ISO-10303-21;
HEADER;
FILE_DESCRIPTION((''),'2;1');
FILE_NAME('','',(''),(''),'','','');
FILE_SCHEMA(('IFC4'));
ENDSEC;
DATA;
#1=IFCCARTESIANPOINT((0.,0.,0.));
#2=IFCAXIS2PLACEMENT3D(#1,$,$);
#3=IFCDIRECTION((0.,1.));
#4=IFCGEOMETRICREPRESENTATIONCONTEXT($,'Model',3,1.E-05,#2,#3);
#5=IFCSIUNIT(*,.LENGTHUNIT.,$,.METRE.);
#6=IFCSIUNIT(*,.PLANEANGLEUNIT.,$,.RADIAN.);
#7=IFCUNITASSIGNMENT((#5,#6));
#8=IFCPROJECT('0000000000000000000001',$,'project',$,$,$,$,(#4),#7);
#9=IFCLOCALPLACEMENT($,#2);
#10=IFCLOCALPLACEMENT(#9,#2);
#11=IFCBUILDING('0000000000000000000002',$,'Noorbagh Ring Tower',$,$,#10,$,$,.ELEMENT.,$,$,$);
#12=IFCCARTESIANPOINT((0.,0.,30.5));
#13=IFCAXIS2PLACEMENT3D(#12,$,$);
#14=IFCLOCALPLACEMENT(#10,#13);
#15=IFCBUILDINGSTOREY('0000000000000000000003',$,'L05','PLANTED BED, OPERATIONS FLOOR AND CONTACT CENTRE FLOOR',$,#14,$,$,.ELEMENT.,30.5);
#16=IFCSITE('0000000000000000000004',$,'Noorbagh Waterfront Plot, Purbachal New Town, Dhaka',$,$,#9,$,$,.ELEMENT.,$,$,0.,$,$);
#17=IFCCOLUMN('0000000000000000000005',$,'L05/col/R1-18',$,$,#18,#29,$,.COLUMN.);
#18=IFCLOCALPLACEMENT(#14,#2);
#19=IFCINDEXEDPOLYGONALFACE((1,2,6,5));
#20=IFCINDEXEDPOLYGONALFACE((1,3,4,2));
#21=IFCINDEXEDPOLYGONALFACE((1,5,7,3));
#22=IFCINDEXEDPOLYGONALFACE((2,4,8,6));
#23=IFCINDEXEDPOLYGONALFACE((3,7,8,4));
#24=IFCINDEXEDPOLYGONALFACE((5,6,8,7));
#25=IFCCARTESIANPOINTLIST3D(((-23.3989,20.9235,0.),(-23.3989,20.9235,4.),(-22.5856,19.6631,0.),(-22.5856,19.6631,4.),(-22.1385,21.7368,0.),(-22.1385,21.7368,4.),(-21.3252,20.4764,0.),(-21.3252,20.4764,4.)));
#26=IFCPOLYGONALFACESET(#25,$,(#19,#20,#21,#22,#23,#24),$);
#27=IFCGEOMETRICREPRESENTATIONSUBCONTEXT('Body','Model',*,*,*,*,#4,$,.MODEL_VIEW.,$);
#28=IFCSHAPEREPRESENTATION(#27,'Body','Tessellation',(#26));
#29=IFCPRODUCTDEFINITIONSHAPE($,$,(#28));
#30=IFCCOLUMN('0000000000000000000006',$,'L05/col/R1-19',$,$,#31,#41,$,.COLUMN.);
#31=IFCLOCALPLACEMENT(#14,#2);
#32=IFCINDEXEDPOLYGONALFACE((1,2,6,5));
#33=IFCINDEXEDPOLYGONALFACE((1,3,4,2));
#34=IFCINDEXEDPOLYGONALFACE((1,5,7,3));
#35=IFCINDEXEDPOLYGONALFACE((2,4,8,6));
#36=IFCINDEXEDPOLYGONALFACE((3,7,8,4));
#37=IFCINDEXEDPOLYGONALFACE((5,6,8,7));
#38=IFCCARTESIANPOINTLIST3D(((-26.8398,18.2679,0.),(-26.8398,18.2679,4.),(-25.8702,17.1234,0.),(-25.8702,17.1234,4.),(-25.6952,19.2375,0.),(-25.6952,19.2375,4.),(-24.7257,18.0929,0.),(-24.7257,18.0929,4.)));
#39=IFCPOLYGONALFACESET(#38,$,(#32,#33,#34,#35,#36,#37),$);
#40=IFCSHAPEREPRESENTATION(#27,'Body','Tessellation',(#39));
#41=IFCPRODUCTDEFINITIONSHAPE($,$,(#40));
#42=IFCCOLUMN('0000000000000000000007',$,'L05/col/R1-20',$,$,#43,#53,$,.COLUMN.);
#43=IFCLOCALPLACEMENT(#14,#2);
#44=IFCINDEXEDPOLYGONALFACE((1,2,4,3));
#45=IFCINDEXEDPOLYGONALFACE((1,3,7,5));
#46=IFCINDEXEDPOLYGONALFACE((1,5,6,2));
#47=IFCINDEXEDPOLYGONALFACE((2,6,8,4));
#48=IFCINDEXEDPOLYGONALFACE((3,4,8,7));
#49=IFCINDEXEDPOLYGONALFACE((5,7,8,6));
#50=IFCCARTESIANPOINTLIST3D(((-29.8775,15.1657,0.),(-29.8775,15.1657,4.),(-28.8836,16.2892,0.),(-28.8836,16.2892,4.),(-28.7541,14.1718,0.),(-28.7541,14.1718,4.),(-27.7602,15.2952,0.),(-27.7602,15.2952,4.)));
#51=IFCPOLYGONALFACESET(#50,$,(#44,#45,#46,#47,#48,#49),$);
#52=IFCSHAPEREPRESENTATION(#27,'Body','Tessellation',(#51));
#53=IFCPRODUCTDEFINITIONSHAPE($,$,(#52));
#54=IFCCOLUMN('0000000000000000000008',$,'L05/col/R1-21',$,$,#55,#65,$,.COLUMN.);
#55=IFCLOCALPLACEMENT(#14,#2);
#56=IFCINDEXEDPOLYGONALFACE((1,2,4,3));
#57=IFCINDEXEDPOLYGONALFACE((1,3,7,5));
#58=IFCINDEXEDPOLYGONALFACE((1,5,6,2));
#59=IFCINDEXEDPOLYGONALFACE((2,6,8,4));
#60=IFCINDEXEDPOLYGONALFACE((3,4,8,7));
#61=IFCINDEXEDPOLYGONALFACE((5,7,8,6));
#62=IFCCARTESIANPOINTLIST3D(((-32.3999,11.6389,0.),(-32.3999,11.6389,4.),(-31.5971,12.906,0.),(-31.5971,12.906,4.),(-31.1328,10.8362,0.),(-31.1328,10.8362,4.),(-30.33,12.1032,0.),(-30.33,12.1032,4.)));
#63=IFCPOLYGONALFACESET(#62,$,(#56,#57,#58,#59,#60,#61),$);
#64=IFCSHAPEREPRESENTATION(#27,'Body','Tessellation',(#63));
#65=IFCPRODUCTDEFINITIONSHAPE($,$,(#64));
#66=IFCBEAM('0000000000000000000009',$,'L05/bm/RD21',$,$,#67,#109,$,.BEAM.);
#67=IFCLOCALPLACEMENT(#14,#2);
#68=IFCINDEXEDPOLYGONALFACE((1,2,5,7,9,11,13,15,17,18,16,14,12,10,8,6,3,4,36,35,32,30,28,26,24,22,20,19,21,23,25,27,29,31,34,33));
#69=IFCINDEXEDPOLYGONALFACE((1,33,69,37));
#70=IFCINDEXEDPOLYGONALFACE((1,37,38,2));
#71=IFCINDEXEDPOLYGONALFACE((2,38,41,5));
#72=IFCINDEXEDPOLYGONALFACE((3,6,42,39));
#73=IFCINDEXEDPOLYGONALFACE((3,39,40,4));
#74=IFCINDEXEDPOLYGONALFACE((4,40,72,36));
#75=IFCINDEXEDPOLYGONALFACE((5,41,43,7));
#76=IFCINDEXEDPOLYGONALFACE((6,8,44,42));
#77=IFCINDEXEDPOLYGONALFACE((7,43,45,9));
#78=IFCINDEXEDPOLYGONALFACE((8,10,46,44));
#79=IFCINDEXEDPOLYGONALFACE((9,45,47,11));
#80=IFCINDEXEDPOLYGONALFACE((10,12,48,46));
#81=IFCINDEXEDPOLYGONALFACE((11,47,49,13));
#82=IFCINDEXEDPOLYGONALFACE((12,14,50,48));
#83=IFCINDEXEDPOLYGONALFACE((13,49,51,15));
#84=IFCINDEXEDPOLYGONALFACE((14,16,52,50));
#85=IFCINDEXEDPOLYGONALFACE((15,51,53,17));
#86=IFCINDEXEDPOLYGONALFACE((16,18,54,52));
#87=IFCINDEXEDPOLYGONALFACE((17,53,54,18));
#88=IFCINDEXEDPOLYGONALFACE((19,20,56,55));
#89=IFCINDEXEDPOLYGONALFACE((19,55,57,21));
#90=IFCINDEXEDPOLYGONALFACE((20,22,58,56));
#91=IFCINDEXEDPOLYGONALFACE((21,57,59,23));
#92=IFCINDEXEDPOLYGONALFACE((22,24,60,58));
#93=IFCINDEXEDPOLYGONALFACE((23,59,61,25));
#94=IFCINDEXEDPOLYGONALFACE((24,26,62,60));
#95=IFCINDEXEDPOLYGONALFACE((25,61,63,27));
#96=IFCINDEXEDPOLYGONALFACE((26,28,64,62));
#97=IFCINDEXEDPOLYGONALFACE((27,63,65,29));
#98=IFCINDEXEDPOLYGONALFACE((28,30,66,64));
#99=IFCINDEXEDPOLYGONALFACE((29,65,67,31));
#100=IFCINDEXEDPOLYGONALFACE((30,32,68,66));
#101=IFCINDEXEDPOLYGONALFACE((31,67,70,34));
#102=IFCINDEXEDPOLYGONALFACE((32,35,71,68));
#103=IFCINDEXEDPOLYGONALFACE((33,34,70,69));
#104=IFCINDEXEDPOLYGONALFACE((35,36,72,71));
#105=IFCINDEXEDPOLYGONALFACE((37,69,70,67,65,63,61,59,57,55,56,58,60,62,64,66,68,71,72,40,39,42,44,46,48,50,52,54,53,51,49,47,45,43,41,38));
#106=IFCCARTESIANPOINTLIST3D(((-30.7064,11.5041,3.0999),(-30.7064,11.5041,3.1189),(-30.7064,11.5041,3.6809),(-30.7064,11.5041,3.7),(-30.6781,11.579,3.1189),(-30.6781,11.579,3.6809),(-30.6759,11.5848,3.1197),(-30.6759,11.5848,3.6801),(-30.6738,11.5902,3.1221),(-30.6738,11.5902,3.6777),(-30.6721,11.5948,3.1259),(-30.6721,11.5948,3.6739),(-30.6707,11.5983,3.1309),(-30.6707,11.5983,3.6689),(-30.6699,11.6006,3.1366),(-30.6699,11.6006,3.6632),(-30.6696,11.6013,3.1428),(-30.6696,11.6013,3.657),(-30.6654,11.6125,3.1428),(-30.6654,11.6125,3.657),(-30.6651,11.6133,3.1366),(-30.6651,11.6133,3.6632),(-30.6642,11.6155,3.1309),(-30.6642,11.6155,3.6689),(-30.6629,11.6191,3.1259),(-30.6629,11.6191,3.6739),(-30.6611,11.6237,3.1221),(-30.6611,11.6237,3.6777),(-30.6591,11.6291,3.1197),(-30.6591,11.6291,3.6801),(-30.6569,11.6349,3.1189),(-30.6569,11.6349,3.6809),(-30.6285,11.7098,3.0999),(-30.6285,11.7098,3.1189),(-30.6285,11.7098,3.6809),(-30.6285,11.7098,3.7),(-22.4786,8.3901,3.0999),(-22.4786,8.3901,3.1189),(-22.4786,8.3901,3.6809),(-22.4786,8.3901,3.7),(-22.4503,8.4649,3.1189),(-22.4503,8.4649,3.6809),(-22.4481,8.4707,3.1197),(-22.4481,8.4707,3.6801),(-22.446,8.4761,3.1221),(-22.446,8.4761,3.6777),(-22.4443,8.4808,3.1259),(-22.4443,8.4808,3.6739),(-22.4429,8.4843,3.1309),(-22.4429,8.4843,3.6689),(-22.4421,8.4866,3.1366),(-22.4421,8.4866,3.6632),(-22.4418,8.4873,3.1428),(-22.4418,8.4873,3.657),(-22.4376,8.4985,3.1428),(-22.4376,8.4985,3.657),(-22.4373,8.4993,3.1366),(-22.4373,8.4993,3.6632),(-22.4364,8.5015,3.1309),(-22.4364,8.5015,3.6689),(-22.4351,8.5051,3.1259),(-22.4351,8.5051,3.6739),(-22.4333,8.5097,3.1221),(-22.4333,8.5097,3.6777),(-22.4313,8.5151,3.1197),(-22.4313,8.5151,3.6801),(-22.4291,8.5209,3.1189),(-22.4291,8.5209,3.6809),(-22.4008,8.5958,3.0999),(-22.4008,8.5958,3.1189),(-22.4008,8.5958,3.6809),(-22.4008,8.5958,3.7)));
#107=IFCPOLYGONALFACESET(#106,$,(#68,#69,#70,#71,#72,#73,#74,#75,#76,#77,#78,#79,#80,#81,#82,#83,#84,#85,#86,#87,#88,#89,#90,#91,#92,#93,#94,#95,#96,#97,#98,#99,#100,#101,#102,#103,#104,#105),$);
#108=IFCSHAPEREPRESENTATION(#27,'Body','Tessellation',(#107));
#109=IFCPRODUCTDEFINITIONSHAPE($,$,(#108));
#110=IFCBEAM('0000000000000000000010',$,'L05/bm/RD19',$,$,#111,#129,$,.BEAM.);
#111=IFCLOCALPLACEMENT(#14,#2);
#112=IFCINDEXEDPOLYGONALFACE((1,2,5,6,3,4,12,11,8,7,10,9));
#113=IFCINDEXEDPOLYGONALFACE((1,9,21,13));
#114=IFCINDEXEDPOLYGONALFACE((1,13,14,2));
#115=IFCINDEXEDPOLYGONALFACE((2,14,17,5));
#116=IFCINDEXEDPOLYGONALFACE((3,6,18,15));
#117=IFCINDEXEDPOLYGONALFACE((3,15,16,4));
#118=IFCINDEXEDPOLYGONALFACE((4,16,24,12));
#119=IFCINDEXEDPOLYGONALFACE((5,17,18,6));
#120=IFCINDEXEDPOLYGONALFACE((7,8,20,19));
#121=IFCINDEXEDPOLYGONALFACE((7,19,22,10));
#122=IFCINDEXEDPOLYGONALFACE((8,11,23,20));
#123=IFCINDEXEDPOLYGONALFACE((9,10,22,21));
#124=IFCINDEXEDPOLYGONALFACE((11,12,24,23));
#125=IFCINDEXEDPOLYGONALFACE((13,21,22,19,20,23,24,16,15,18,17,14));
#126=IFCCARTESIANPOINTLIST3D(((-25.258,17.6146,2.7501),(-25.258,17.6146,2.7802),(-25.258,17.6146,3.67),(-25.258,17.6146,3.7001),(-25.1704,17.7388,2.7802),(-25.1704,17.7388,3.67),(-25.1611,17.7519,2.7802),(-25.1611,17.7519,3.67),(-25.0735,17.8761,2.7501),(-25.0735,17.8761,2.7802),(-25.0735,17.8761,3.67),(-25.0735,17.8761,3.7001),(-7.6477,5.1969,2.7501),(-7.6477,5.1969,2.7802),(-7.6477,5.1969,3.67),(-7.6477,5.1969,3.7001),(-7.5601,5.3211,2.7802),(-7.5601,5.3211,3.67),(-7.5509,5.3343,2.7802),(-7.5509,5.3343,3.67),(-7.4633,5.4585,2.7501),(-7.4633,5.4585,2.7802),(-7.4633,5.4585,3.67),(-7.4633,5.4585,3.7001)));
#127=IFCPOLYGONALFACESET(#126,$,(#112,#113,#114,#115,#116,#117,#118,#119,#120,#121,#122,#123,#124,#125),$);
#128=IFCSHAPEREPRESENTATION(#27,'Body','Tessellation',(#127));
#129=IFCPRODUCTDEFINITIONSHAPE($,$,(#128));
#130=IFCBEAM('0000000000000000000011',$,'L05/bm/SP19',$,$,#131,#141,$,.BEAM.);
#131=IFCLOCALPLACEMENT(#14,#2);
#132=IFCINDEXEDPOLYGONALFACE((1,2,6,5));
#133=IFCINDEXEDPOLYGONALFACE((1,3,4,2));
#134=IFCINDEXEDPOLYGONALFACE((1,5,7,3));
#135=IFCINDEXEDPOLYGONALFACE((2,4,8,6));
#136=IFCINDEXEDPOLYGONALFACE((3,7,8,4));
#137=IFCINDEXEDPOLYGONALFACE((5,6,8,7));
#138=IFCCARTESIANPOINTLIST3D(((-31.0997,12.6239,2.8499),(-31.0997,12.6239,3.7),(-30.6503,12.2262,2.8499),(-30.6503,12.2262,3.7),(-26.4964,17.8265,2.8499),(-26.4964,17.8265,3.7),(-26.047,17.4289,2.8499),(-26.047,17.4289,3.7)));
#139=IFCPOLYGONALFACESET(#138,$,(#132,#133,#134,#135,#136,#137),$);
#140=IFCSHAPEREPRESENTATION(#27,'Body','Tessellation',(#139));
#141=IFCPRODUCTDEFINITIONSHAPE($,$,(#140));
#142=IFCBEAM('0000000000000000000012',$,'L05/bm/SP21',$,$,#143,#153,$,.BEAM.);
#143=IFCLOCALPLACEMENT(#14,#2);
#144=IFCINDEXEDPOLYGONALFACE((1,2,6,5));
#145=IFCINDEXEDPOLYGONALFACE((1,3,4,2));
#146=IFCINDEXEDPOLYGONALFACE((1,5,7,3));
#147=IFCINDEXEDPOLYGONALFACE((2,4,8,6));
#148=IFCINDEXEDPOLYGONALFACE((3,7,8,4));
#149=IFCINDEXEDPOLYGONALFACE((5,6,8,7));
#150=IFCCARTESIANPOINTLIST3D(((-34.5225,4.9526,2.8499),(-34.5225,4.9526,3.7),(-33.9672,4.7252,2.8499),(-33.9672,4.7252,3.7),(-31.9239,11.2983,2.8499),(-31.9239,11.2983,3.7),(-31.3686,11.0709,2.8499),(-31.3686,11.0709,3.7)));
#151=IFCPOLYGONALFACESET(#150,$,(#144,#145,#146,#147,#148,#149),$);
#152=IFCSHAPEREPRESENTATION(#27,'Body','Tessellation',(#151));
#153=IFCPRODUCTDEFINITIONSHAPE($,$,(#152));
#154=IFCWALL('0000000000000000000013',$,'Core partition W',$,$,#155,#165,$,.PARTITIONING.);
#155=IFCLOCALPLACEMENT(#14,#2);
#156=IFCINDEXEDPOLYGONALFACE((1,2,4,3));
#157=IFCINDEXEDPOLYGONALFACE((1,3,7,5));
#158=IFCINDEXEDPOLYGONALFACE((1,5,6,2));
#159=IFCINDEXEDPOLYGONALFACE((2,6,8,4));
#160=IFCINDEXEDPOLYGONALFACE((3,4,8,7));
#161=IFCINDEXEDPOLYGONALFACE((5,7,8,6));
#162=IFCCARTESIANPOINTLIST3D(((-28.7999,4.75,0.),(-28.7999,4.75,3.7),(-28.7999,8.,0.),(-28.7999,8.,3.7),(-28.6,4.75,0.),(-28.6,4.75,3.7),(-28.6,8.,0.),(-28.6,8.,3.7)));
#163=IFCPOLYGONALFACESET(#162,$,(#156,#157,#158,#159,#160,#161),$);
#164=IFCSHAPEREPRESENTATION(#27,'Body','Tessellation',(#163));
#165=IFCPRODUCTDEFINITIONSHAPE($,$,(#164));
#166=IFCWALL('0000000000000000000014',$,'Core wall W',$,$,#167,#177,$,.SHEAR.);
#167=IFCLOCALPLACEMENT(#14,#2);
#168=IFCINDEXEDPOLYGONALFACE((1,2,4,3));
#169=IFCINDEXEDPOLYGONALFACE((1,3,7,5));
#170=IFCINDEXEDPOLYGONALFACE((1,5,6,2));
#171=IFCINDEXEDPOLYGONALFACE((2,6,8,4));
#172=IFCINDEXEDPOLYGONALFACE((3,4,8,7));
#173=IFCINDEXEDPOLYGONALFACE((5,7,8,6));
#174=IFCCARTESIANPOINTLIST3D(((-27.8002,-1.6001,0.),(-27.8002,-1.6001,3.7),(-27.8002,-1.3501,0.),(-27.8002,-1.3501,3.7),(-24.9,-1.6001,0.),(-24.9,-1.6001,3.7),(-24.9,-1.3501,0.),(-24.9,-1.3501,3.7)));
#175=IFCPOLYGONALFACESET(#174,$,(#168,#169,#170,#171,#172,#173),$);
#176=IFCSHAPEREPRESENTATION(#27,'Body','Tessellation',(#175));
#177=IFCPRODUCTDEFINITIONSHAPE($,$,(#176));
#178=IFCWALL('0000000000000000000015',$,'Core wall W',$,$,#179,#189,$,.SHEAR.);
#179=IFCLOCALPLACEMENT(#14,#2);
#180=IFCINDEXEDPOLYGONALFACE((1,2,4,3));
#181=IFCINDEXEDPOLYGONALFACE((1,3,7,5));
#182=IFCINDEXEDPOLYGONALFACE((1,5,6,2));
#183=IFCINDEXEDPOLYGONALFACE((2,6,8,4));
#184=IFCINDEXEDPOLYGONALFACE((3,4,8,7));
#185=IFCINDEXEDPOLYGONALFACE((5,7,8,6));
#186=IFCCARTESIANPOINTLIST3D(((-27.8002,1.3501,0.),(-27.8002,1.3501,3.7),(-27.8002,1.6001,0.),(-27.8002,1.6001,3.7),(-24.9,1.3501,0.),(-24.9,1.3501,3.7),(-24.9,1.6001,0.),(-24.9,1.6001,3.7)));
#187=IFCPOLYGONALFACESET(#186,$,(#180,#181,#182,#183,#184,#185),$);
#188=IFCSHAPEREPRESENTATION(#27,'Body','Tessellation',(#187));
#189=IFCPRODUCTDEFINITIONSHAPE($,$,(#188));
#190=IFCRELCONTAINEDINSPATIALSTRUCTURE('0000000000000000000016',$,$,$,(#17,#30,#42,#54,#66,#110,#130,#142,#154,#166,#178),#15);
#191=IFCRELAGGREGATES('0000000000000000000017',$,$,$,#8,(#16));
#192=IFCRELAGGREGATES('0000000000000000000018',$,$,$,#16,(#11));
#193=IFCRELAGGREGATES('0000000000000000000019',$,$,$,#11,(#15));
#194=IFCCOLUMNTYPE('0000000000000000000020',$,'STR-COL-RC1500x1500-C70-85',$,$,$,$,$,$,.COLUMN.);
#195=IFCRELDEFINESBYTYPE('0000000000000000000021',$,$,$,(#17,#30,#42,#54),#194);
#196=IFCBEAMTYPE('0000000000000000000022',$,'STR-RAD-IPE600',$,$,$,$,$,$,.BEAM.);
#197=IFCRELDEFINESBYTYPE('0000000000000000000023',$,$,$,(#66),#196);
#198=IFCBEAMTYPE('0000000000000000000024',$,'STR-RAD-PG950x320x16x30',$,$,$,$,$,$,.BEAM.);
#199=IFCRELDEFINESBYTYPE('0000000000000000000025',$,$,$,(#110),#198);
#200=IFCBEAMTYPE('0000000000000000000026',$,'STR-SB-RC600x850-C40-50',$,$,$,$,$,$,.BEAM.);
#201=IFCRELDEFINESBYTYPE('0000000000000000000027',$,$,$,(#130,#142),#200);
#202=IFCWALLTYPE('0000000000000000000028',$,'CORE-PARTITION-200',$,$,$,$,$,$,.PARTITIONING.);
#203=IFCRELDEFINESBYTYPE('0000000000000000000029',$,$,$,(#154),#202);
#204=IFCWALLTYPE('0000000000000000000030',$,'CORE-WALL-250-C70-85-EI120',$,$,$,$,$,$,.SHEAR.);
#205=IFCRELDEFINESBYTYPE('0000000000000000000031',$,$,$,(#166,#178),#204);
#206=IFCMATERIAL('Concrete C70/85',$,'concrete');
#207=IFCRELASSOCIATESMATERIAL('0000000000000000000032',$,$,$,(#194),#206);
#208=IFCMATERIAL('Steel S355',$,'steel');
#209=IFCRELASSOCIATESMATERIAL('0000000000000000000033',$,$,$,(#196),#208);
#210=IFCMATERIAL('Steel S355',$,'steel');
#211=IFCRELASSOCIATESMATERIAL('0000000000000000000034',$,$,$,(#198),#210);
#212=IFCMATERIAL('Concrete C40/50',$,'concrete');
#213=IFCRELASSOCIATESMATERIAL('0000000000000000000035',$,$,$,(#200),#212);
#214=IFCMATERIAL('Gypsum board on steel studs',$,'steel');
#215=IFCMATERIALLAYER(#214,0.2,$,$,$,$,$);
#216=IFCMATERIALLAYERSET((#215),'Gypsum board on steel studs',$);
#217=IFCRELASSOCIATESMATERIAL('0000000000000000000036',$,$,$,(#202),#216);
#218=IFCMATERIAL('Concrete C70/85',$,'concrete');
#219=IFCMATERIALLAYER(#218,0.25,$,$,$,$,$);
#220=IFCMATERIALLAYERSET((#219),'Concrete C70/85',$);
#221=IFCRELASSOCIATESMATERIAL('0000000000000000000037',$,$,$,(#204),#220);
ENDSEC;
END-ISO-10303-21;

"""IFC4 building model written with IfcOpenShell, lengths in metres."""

from ifc_helpers import new_model, si_unit, direction, frame, frame_2d, origin, origin_2d, place, context, subcontext, project, spatial, rectangle, i_section, extrude, material, layer, layer_set, material_profile, profile_set, type_object, element, save


model = new_model("IFC4")

# Units and contexts
model_context = context("Model", 3, precision=1e-05, world=origin(), true_north=direction((0.0, 1.0)))
body_context = subcontext(model_context, "Body", "Model", "MODEL_VIEW")
ifc_project = project(units=[si_unit("LENGTHUNIT", "METRE"), si_unit("PLANEANGLEUNIT", "RADIAN")], contexts=[model_context])

# Site, building, storey
site_placement = place(None, origin())
site = spatial("IfcSite", under=ifc_project, at=site_placement, Name="Noorbagh Waterfront Plot, Purbachal New Town, Dhaka", CompositionType="ELEMENT", RefElevation=0.0)
building_placement = place(site_placement, origin())
building = spatial("IfcBuilding", under=site, at=building_placement, Name="Noorbagh Ring Tower", CompositionType="ELEMENT")
storey_placement = place(building_placement, frame((0.0, 0.0, 30.5)))
storey = spatial("IfcBuildingStorey", under=building, at=storey_placement, Name="L05", Description="PLANTED BED, OPERATIONS FLOOR AND CONTACT CENTRE FLOOR", CompositionType="ELEMENT", Elevation=30.5)

# Columns
ifc_material_1 = material(Name="Concrete C70/85", Category="concrete")
ifc_material_profile_1 = material_profile(ifc_material_1, rectangle(XDim=1.5, YDim=1.5, at=origin_2d()), Name="RC1500x1500")
ifc_profile_set_1 = profile_set([ifc_material_profile_1], Name="Concrete C70/85")
column_type = type_object("IfcColumnType", Name="STR-COL-RC1500x1500-C70-85", PredefinedType="COLUMN", material=ifc_profile_set_1)
for number, where, z_axis, x_axis, name in (
    (1, (-22.3621, 20.7, 0.0), (0.0, 0.0, 1.0), (-0.840248, -0.542203, 0.0), "L05/col/R1-18"),
    (2, (-25.7827, 18.1804, 0.0), (0.0, 0.0, 1.0), (-0.763035, -0.646357, 0.0), "L05/col/R1-19"),
    (3, (-28.8188, 15.2305, 0.0), (0.0, 0.0, 1.0), (-0.662636, -0.748942, 0.0), "L05/col/R1-20"),
    (4, (-31.365, 11.8711, 0.0), (0.0, 0.0, 1.0), (-0.53519, -0.844731, 0.0), "L05/col/R1-21"),
):
    element("IfcColumn", number, at=place(storey_placement, frame(where, z_axis=z_axis, x_axis=x_axis)), inside=storey, type_object=column_type, Name=name, PredefinedType="COLUMN", context=body_context, shape_type="SweptSolid", body=[
        extrude(rectangle(XDim=1.5, YDim=1.5, at=origin_2d()), origin(), (0.0, 0.0, 1.0), 4.0),
    ])

# Beams
ifc_material_2 = material(Name="Steel S355", Category="steel")
ifc_material_profile_2 = material_profile(ifc_material_2, i_section(OverallWidth=0.22, OverallDepth=0.6001, WebThickness=0.012, FlangeThickness=0.019, FilletRadius=0.0239, at=origin_2d()), Name="IPE600")
ifc_profile_set_2 = profile_set([ifc_material_profile_2], Name="Steel S355")
beam_type_1 = type_object("IfcBeamType", Name="STR-RAD-IPE600", PredefinedType="BEAM", material=ifc_profile_set_2)
beam_1_placement = place(storey_placement, frame((-30.6675, 11.6069, 3.3999), z_axis=(0.935256, -0.353971, 0.0), x_axis=(0.353971, 0.935256, 0.0)))
element("IfcBeam", 5, at=beam_1_placement, inside=storey, type_object=beam_type_1, Name="L05/bm/RD21", PredefinedType="BEAM", context=body_context, shape_type="SweptSolid", body=[
    extrude(i_section(OverallWidth=0.22, OverallDepth=0.6001, WebThickness=0.012, FlangeThickness=0.019, FilletRadius=0.0239, at=origin_2d()), origin(), (0.0, 0.0, 1.0), 8.7974),
])
ifc_material_3 = material(Name="Steel S355", Category="steel")
ifc_material_profile_3 = material_profile(ifc_material_3, i_section(OverallWidth=0.3201, OverallDepth=0.95, WebThickness=0.0161, FlangeThickness=0.03, at=origin_2d()), Name="PG950x320x16x30")
ifc_profile_set_3 = profile_set([ifc_material_profile_3], Name="Steel S355")
beam_type_2 = type_object("IfcBeamType", Name="STR-RAD-PG950x320x16x30", PredefinedType="BEAM", material=ifc_profile_set_3)
beam_2_placement = place(storey_placement, frame((-25.1658, 17.7454, 3.2251), z_axis=(0.817254, -0.576277, 0.0), x_axis=(0.576277, 0.817254, 0.0)))
element("IfcBeam", 6, at=beam_2_placement, inside=storey, type_object=beam_type_2, Name="L05/bm/RD19", PredefinedType="BEAM", context=body_context, shape_type="SweptSolid", body=[
    extrude(i_section(OverallWidth=0.3201, OverallDepth=0.95, WebThickness=0.0161, FlangeThickness=0.03, at=origin_2d()), origin(), (0.0, 0.0, 1.0), 21.5481),
])
ifc_material_4 = material(Name="Concrete C40/50", Category="concrete")
ifc_material_profile_4 = material_profile(ifc_material_4, rectangle(XDim=0.6001, YDim=0.8501, at=origin_2d()), Name="RC600x850")
ifc_profile_set_4 = profile_set([ifc_material_profile_4], Name="Concrete C40/50")
beam_type_3 = type_object("IfcBeamType", Name="STR-SB-RC600x850-C40-50", PredefinedType="BEAM", material=ifc_profile_set_4)
beam_3_placement = place(storey_placement, frame((-26.2717, 17.6277, 3.2749), z_axis=(-0.66265, -0.748929, 0.0), x_axis=(0.748929, -0.66265, 0.0)))
element("IfcBeam", 7, at=beam_3_placement, inside=storey, type_object=beam_type_3, Name="L05/bm/SP19", PredefinedType="BEAM", context=body_context, shape_type="SweptSolid", body=[
    extrude(rectangle(XDim=0.6001, YDim=0.8501, at=origin_2d()), origin(), (0.0, 0.0, 1.0), 6.9468),
])
beam_4_placement = place(storey_placement, frame((-31.6462, 11.1846, 3.2749), z_axis=(-0.378966, -0.925411, 0.0), x_axis=(0.925411, -0.378966, 0.0)))
element("IfcBeam", 8, at=beam_4_placement, inside=storey, type_object=beam_type_3, Name="L05/bm/SP21", PredefinedType="BEAM", context=body_context, shape_type="SweptSolid", body=[
    extrude(rectangle(XDim=0.6001, YDim=0.8501, at=origin_2d()), origin(), (0.0, 0.0, 1.0), 6.8572),
])

# Walls
ifc_material_5 = material(Name="Gypsum board on steel studs", Category="steel")
ifc_layer_1 = layer(ifc_material_5, 0.2)
ifc_layer_set_1 = layer_set([ifc_layer_1], Name="Gypsum board on steel studs")
wall_type_1 = type_object("IfcWallType", Name="CORE-PARTITION-200", PredefinedType="PARTITIONING", material=ifc_layer_set_1)
wall_1_placement = place(storey_placement, frame((-28.7, 4.75, 0.0), z_axis=(0.0, 0.0, 1.0), x_axis=(0.0, 1.0, 0.0)))
element("IfcWall", 9, at=wall_1_placement, inside=storey, type_object=wall_type_1, Name="Core partition W", PredefinedType="PARTITIONING", context=body_context, shape_type="SweptSolid", body=[
    extrude(rectangle(XDim=3.25, YDim=0.2, at=frame_2d((1.625, 0.0))), origin(), (0.0, 0.0, 1.0), 3.7),
])
ifc_material_6 = material(Name="Concrete C70/85", Category="concrete")
ifc_layer_2 = layer(ifc_material_6, 0.25)
ifc_layer_set_2 = layer_set([ifc_layer_2], Name="Concrete C70/85")
wall_type_2 = type_object("IfcWallType", Name="CORE-WALL-250-C70-85-EI120", PredefinedType="SHEAR", material=ifc_layer_set_2)
for number, where, z_axis, x_axis, name in (
    (10, (-24.8999, -1.4751, 0.0), (0.0, 0.0, 1.0), (-1.0, 0.0, 0.0), "Core wall W"),
    (11, (-24.8999, 1.4751, 0.0), (0.0, 0.0, 1.0), (-1.0, 0.0, 0.0), "Core wall W"),
):
    element("IfcWall", number, at=place(storey_placement, frame(where, z_axis=z_axis, x_axis=x_axis)), inside=storey, type_object=wall_type_2, Name=name, PredefinedType="SHEAR", context=body_context, shape_type="SweptSolid", body=[
        extrude(rectangle(XDim=2.9001, YDim=0.25, at=frame_2d((1.4502, 0.0))), origin(), (0.0, 0.0, 1.0), 3.7),
    ])

save(model, "model.ifc")
